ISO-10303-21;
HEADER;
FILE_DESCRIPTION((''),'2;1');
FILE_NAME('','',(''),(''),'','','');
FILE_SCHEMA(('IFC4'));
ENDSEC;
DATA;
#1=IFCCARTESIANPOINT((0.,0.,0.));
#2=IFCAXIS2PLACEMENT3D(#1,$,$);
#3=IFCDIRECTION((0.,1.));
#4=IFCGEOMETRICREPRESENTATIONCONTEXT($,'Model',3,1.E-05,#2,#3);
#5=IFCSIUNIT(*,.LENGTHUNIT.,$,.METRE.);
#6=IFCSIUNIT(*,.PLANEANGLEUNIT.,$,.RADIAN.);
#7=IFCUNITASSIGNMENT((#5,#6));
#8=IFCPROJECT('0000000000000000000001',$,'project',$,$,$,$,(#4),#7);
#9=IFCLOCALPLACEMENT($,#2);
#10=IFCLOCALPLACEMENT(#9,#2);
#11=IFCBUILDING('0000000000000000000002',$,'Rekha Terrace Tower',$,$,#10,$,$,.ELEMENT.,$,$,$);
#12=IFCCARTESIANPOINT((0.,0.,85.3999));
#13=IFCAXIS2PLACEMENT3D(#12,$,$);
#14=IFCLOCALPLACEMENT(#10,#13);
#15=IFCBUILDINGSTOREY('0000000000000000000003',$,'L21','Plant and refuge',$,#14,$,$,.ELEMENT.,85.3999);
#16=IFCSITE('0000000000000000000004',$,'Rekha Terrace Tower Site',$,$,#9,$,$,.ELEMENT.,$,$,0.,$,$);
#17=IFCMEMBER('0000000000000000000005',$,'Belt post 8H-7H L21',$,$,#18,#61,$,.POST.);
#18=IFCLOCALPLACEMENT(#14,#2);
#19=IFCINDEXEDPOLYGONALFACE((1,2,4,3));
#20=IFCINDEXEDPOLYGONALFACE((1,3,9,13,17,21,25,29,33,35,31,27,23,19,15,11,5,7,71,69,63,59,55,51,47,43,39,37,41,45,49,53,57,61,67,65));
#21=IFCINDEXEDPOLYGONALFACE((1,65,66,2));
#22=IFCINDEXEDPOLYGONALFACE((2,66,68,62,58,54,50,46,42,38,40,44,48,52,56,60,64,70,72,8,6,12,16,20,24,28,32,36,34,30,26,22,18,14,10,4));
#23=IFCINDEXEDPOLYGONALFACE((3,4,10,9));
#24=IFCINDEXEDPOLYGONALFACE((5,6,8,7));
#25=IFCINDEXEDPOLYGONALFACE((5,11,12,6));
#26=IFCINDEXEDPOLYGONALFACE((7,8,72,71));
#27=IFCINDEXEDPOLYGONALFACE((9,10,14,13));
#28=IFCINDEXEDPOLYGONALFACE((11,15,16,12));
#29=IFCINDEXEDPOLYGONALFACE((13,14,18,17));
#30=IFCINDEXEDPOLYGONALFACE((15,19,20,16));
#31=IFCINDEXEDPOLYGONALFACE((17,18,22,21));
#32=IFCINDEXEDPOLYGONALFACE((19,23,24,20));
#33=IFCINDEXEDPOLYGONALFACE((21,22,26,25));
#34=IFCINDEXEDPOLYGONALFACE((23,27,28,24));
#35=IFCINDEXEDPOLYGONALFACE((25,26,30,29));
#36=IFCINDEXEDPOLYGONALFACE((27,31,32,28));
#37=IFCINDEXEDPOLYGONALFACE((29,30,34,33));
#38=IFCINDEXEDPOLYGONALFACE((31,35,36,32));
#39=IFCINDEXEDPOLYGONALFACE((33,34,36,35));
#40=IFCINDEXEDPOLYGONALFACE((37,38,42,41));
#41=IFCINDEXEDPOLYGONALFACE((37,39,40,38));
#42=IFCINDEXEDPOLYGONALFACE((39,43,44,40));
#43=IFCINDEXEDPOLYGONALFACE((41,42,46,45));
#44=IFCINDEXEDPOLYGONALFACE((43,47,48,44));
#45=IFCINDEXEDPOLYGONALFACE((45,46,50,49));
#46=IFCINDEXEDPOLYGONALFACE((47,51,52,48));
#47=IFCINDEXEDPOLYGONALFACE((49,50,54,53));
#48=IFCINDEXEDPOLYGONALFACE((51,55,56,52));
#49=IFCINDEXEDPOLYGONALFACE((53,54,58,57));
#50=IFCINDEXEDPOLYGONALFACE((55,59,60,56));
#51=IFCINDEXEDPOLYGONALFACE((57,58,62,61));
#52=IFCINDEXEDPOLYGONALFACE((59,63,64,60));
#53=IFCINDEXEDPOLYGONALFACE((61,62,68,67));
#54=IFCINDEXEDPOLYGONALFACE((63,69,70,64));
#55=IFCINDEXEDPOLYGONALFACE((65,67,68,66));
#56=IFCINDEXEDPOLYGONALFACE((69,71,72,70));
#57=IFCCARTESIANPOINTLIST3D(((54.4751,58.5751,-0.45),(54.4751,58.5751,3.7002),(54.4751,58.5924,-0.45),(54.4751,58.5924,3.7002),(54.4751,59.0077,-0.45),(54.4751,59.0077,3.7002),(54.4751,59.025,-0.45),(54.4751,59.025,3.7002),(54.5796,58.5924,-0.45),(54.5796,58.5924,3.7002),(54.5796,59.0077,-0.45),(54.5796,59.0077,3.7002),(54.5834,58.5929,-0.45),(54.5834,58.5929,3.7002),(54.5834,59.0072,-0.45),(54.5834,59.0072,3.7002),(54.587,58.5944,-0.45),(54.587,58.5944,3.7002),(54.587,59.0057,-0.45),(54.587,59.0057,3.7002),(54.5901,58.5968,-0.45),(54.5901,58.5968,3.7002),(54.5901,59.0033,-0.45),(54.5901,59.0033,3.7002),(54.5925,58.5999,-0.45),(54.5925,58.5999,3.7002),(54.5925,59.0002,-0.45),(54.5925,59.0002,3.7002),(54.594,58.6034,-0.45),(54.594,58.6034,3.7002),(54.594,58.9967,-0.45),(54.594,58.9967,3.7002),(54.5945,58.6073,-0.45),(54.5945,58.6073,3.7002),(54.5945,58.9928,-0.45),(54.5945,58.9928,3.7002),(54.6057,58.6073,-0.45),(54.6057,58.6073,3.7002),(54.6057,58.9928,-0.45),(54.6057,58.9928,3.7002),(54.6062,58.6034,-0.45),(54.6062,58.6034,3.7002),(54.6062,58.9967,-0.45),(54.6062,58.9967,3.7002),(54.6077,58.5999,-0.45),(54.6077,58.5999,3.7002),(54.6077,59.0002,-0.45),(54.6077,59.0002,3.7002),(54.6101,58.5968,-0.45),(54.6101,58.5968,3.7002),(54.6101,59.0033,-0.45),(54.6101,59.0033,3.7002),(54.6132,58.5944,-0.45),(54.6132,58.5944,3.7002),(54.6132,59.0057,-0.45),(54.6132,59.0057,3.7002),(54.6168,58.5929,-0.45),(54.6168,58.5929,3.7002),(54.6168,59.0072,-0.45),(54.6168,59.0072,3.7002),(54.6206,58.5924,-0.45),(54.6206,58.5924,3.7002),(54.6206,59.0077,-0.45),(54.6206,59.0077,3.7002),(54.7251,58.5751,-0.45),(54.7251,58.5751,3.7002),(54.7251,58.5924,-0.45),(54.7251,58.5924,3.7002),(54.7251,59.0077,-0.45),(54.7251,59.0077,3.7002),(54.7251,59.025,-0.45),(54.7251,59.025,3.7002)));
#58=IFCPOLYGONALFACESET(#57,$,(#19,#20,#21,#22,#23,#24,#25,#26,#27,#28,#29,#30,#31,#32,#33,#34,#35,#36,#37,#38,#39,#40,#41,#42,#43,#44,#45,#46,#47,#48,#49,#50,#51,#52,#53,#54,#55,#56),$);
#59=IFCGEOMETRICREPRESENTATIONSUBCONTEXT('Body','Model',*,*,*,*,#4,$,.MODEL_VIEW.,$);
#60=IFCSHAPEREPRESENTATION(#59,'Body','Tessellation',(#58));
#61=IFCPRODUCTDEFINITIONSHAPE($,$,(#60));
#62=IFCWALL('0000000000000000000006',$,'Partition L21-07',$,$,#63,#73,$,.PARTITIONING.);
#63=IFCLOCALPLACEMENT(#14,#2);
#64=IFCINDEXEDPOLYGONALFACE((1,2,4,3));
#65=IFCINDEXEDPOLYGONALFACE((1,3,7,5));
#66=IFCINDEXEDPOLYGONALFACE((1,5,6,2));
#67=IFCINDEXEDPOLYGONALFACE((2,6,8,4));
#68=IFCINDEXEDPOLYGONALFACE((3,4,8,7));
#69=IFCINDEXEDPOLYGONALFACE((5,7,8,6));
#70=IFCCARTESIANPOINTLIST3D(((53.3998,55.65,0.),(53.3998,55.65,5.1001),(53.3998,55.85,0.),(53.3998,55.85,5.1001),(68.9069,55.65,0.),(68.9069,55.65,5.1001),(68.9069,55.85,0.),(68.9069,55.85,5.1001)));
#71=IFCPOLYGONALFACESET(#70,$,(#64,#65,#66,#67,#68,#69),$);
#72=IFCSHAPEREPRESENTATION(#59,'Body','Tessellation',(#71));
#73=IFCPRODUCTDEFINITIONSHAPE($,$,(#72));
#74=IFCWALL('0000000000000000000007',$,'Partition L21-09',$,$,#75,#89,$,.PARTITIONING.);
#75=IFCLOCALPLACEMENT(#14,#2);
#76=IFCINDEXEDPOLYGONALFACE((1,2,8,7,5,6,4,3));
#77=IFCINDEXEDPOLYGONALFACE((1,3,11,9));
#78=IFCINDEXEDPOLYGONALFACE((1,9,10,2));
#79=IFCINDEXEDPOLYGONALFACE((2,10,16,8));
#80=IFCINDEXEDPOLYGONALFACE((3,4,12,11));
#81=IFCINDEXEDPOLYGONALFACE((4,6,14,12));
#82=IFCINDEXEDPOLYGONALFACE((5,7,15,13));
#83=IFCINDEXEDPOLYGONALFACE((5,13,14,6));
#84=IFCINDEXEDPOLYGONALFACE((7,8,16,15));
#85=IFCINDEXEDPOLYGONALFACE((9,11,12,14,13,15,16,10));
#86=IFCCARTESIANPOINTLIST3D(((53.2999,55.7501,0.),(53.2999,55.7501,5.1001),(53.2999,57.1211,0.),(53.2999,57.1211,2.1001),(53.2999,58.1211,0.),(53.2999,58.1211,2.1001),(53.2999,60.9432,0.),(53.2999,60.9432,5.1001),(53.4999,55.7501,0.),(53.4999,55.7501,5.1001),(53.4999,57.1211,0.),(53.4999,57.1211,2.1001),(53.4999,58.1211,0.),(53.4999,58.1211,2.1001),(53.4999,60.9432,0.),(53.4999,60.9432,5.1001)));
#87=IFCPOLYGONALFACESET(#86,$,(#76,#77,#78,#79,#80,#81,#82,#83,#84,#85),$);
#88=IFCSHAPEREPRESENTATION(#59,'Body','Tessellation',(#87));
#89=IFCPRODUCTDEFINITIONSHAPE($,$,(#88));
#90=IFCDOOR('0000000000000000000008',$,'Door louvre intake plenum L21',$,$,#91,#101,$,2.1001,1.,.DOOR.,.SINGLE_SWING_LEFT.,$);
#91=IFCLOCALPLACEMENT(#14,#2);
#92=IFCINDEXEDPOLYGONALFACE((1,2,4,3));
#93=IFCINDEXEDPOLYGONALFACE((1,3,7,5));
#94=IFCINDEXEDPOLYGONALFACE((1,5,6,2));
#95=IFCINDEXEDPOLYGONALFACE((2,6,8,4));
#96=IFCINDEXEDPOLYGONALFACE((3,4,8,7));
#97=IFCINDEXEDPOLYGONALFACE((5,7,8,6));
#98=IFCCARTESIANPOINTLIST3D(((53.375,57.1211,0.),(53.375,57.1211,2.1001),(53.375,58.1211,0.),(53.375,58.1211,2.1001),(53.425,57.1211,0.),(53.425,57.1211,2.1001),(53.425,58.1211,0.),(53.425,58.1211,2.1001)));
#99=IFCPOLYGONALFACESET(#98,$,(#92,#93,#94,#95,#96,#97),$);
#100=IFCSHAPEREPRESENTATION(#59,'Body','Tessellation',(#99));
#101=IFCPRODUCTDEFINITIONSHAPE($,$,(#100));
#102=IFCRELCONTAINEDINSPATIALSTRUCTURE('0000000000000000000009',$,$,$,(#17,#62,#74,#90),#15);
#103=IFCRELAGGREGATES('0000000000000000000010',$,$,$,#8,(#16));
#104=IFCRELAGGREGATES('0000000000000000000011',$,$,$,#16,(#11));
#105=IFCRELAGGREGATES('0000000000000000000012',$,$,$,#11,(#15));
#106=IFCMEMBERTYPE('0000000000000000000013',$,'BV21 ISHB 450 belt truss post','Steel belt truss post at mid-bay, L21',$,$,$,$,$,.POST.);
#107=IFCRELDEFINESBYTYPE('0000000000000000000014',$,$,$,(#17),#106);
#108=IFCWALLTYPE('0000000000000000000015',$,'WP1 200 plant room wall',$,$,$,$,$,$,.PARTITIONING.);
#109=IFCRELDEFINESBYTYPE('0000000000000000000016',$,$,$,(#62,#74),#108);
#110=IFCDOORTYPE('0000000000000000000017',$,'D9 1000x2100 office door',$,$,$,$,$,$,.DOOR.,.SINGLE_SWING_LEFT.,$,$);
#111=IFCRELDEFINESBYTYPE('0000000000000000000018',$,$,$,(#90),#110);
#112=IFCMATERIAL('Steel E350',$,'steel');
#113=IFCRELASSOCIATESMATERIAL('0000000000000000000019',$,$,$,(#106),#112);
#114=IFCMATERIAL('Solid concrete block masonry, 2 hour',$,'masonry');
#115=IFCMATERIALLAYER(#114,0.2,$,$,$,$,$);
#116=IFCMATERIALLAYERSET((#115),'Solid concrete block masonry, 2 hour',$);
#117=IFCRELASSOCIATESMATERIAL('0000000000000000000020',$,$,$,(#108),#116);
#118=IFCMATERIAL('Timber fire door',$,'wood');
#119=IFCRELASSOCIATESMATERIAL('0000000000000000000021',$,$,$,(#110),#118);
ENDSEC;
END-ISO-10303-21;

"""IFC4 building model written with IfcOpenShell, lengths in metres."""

from ifc_helpers import new_model, si_unit, direction, frame, frame_2d, origin, origin_2d, place, context, subcontext, project, spatial, rectangle, i_section, extrude, material, layer, layer_set, material_profile, profile_set, type_object, element, fill, save


model = new_model("IFC4")

# Units and contexts
model_context = context("Model", 3, precision=1e-05, world=origin(), true_north=direction((0.0, 1.0)))
body_context = subcontext(model_context, "Body", "Model", "MODEL_VIEW")
ifc_project = project(units=[si_unit("LENGTHUNIT", "METRE"), si_unit("PLANEANGLEUNIT", "RADIAN")], contexts=[model_context])

# Site, building, storey
site_placement = place(None, origin())
site = spatial("IfcSite", under=ifc_project, at=site_placement, Name="Rekha Terrace Tower Site", CompositionType="ELEMENT", RefElevation=0.0)
building_placement = place(site_placement, origin())
building = spatial("IfcBuilding", under=site, at=building_placement, Name="Rekha Terrace Tower", CompositionType="ELEMENT")
storey_placement = place(building_placement, frame((0.0, 0.0, 85.3999)))
storey = spatial("IfcBuildingStorey", under=building, at=storey_placement, Name="L21", Description="Plant and refuge", CompositionType="ELEMENT", Elevation=85.3999)

# Member
ifc_material_1 = material(Name="Steel E350", Category="steel")
ifc_material_profile_1 = material_profile(ifc_material_1, i_section(OverallWidth=0.25, OverallDepth=0.45, WebThickness=0.0112, FlangeThickness=0.0173, FilletRadius=0.0149, at=origin_2d()), Name="ISHB 450")
ifc_profile_set_1 = profile_set([ifc_material_profile_1], Name="Steel E350")
member_type_1 = type_object("IfcMemberType", Name="BV21 ISHB 450 belt truss post", Description="Steel belt truss post at mid-bay, L21", PredefinedType="POST", material=ifc_profile_set_1)
member_1_placement = place(storey_placement, frame((54.6001, 58.8, -0.45), z_axis=(0.0, 0.0, 1.0), x_axis=(1.0, 0.0, 0.0)))
element("IfcMember", 1, at=member_1_placement, inside=storey, type_object=member_type_1, Name="Belt post 8H-7H L21", PredefinedType="POST", context=body_context, shape_type="SweptSolid", body=[
    extrude(i_section(OverallWidth=0.25, OverallDepth=0.45, WebThickness=0.0112, FlangeThickness=0.0173, FilletRadius=0.0149, at=origin_2d()), origin(), (0.0, 0.0, 1.0), 4.1501),
])

# Wall
ifc_material_2 = material(Name="Solid concrete block masonry, 2 hour", Category="masonry")
ifc_layer = layer(ifc_material_2, 0.2)
ifc_layer_set = layer_set([ifc_layer], Name="Solid concrete block masonry, 2 hour")
wall_type = type_object("IfcWallType", Name="WP1 200 plant room wall", PredefinedType="PARTITIONING", material=ifc_layer_set)
wall_1_placement = place(storey_placement, frame((53.3999, 55.75, 0.0), z_axis=(0.0, 0.0, 1.0), x_axis=(1.0, 0.0, 0.0)))
element("IfcWall", 2, at=wall_1_placement, inside=storey, type_object=wall_type, Name="Partition L21-07", PredefinedType="PARTITIONING", context=body_context, shape_type="SweptSolid", body=[
    extrude(rectangle(XDim=15.5071, YDim=0.2, at=frame_2d((7.7534, 0.0))), origin(), (0.0, 0.0, 1.0), 5.1001),
])

# Wall, opening, door
wall_2_placement = place(storey_placement, frame((53.3999, 55.75, 0.0), z_axis=(0.0, 0.0, 1.0), x_axis=(0.0, 1.0, 0.0)))
wall_2 = element("IfcWall", 3, at=wall_2_placement, inside=storey, type_object=wall_type, Name="Partition L21-09", PredefinedType="PARTITIONING", context=body_context, shape_type="SweptSolid", body=[
    extrude(rectangle(XDim=5.1931, YDim=0.2, at=frame_2d((2.5967, 0.0))), origin(), (0.0, 0.0, 1.0), 5.1001),
])
opening_placement = place(wall_2_placement, frame((1.3711, 0.0, 0.0)))
opening = element("IfcOpeningElement", 4, at=opening_placement, cuts=wall_2, PredefinedType="OPENING", context=body_context, shape_type="SweptSolid", body=[
    extrude(rectangle(XDim=1.0, YDim=2.1001, at=frame_2d((0.5, 1.05))), frame((0.0, 0.1099, 0.0), z_axis=(0.0, -1.0, 0.0), x_axis=(1.0, 0.0, 0.0)), (0.0, 0.0, 1.0), 0.22),
])
ifc_material_3 = material(Name="Timber fire door", Category="wood")
door_type = type_object("IfcDoorType", Name="D9 1000x2100 office door", OperationType="SINGLE_SWING_LEFT", PredefinedType="DOOR", material=ifc_material_3)
door_placement = place(opening_placement, origin())
door = element("IfcDoor", 5, at=door_placement, inside=storey, type_object=door_type, Name="Door louvre intake plenum L21", OperationType="SINGLE_SWING_LEFT", OverallHeight=2.1001, OverallWidth=1.0, PredefinedType="DOOR", context=body_context, shape_type="SweptSolid", body=[
    extrude(rectangle(XDim=1.0, YDim=2.1001, at=frame_2d((0.5, 1.05))), frame((0.0, 0.0249, 0.0), z_axis=(0.0, -1.0, 0.0), x_axis=(1.0, 0.0, 0.0)), (0.0, 0.0, 1.0), 0.05),
])
fill(opening, door)

save(model, "model.ifc")
